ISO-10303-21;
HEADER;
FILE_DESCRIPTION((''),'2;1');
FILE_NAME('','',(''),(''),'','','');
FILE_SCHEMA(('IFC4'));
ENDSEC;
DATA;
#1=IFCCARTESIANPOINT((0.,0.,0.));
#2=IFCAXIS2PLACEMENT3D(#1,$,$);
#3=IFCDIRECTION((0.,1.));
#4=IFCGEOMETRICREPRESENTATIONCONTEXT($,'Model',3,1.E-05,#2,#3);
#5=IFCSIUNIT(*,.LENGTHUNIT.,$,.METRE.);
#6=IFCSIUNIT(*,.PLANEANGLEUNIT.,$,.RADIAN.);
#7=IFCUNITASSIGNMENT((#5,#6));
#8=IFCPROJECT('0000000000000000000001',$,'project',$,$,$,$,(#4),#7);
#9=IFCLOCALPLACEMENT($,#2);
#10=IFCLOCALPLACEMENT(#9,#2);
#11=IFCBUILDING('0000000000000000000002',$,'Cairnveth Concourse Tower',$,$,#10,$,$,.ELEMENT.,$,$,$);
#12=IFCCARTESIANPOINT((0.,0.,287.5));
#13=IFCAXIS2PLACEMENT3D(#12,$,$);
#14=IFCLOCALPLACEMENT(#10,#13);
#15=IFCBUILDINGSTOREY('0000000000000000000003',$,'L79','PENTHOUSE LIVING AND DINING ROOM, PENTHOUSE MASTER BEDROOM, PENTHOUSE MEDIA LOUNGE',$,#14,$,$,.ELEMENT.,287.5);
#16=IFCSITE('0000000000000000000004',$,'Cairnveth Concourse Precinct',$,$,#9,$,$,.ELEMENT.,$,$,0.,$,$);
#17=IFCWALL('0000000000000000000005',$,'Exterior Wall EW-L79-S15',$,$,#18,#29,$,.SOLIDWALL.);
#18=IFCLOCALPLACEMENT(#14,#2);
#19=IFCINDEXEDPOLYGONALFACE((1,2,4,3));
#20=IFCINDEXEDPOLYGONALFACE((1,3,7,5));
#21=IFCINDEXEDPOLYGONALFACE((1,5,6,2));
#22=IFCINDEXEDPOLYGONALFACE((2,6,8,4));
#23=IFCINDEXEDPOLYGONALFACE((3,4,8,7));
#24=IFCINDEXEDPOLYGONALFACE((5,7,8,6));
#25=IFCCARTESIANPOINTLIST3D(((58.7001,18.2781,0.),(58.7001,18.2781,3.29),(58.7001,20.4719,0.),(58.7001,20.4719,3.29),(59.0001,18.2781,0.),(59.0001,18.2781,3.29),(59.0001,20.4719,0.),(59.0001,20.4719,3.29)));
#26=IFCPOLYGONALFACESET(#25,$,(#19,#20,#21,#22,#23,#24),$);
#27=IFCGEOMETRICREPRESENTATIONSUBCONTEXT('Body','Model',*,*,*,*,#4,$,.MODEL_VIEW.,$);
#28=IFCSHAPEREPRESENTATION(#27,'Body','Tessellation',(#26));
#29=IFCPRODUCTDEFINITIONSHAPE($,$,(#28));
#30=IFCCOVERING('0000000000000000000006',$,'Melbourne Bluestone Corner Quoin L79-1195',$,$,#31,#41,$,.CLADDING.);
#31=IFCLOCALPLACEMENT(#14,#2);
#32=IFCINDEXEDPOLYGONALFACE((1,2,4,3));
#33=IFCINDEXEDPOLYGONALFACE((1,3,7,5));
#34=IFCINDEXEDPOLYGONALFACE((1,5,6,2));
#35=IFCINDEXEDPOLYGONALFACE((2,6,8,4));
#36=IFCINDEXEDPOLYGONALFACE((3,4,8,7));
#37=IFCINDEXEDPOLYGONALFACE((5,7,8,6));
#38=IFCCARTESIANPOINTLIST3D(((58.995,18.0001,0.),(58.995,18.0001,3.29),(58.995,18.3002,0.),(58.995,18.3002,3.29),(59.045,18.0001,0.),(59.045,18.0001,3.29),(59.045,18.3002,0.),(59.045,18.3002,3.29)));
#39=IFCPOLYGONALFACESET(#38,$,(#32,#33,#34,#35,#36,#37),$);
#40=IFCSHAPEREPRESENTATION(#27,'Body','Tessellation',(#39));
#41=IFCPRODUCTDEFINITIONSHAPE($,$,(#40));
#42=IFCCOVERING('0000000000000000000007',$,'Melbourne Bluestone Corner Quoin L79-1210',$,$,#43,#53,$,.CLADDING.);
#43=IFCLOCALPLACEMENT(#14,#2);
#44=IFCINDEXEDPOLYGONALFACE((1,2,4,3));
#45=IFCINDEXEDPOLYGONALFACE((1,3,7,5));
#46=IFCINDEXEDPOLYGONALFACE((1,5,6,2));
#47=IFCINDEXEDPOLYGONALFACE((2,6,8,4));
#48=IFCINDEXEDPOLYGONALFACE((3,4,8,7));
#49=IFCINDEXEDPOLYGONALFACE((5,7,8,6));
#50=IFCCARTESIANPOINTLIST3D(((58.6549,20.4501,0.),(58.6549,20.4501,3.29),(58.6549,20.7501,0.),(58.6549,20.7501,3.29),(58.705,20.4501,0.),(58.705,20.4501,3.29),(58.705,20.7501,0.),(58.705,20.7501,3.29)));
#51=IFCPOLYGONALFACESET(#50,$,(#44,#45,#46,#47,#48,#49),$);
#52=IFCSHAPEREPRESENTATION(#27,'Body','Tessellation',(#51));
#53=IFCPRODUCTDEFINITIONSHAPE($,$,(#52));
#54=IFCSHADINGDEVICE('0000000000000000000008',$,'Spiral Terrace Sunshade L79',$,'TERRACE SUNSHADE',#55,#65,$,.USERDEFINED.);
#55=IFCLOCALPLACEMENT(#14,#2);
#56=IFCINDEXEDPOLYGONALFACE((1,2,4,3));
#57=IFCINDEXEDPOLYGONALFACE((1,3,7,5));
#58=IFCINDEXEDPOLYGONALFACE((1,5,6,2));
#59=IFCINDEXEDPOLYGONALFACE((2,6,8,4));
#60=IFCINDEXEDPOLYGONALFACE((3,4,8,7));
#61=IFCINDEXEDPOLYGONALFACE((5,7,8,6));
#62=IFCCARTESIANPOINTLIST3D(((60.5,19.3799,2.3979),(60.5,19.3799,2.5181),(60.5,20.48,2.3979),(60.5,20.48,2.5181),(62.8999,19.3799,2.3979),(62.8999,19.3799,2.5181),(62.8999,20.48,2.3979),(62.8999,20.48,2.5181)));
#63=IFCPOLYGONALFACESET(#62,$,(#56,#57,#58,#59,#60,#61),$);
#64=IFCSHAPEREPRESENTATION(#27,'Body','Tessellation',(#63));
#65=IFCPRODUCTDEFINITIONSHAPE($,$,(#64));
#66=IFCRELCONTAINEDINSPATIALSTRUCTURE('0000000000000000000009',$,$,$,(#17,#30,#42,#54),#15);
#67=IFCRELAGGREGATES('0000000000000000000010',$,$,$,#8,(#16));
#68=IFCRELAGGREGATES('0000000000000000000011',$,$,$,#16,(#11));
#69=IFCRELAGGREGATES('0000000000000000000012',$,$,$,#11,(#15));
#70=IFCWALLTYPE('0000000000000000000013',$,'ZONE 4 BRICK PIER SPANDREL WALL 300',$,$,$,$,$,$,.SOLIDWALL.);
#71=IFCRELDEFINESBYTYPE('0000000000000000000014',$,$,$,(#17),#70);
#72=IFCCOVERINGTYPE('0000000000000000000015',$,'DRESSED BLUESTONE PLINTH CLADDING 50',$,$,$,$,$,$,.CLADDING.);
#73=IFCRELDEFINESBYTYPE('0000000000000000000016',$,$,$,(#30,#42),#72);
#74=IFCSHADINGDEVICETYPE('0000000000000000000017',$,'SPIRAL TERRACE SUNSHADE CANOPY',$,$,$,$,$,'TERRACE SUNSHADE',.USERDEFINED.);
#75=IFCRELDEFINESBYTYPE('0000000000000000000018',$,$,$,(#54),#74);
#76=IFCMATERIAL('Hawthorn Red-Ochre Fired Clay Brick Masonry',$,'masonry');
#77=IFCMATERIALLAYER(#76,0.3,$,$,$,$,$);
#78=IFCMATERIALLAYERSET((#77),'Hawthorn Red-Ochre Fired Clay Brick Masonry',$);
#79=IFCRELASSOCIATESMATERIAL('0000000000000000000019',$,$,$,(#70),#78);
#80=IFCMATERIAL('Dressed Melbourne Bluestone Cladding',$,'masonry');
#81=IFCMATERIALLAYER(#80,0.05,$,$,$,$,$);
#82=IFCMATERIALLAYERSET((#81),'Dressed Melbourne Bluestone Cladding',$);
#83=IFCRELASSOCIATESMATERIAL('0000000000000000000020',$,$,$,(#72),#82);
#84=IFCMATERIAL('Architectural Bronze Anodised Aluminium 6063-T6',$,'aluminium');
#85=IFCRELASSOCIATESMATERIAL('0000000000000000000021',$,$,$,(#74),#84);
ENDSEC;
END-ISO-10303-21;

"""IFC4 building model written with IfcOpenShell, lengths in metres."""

from ifc_helpers import new_model, si_unit, direction, frame, frame_2d, origin, origin_2d, place, context, subcontext, project, spatial, rectangle, extrude, material, layer, layer_set, type_object, element, save


model = new_model("IFC4")

# Units and contexts
model_context = context("Model", 3, precision=1e-05, world=origin(), true_north=direction((0.0, 1.0)))
body_context = subcontext(model_context, "Body", "Model", "MODEL_VIEW")
ifc_project = project(units=[si_unit("LENGTHUNIT", "METRE"), si_unit("PLANEANGLEUNIT", "RADIAN")], contexts=[model_context])

# Site, building, storey
site_placement = place(None, origin())
site = spatial("IfcSite", under=ifc_project, at=site_placement, Name="Cairnveth Concourse Precinct", CompositionType="ELEMENT", RefElevation=0.0)
building_placement = place(site_placement, origin())
building = spatial("IfcBuilding", under=site, at=building_placement, Name="Cairnveth Concourse Tower", CompositionType="ELEMENT")
storey_placement = place(building_placement, frame((0.0, 0.0, 287.5)))
storey = spatial("IfcBuildingStorey", under=building, at=storey_placement, Name="L79", Description="PENTHOUSE LIVING AND DINING ROOM, PENTHOUSE MASTER BEDROOM, PENTHOUSE MEDIA LOUNGE", CompositionType="ELEMENT", Elevation=287.5)

# Shared definitions
ifc_material_1 = material(Name="Dressed Melbourne Bluestone Cladding", Category="masonry")

# Shared definitions
ifc_material_2 = material(Name="Hawthorn Red-Ochre Fired Clay Brick Masonry", Category="masonry")
ifc_layer_1 = layer(ifc_material_2, 0.3)
ifc_layer_set_1 = layer_set([ifc_layer_1], Name="Hawthorn Red-Ochre Fired Clay Brick Masonry")
wall_type_1 = type_object("IfcWallType", Name="ZONE 4 BRICK PIER SPANDREL WALL 300", PredefinedType="SOLIDWALL", material=ifc_layer_set_1)

# Wall
wall_1_placement = place(storey_placement, frame((58.8501, 20.4719, 0.0), z_axis=(0.0, 0.0, 1.0), x_axis=(0.0, -1.0, 0.0)))
element("IfcWall", 1, at=wall_1_placement, inside=storey, type_object=wall_type_1, Name="Exterior Wall EW-L79-S15", PredefinedType="SOLIDWALL", context=body_context, shape_type="SweptSolid", body=[
    extrude(rectangle(XDim=2.1938, YDim=0.3, at=frame_2d((1.0969, 0.0))), origin(), (0.0, 0.0, 1.0), 3.29),
])

# Coverings
ifc_layer_2 = layer(ifc_material_1, 0.05)
ifc_layer_set_2 = layer_set([ifc_layer_2], Name="Dressed Melbourne Bluestone Cladding")
covering_type = type_object("IfcCoveringType", Name="DRESSED BLUESTONE PLINTH CLADDING 50", PredefinedType="CLADDING", material=ifc_layer_set_2)
for number, where, z_axis, x_axis, name in (
    (2, (59.02, 18.3, 0.0), (0.0, 0.0, 1.0), (0.0, -1.0, 0.0), "Melbourne Bluestone Corner Quoin L79-1195"),
    (3, (58.6799, 20.75, 0.0), (0.0, 0.0, 1.0), (0.0, -1.0, 0.0), "Melbourne Bluestone Corner Quoin L79-1210"),
):
    element("IfcCovering", number, at=place(storey_placement, frame(where, z_axis=z_axis, x_axis=x_axis)), inside=storey, type_object=covering_type, Name=name, PredefinedType="CLADDING", context=body_context, shape_type="SweptSolid", body=[
        extrude(rectangle(XDim=0.3, YDim=0.05, at=frame_2d((0.1499, 0.0))), origin(), (0.0, 0.0, 1.0), 3.29),
    ])

# Shading device
ifc_material_3 = material(Name="Architectural Bronze Anodised Aluminium 6063-T6", Category="aluminium")
shading_device_type = type_object("IfcShadingDeviceType", Name="SPIRAL TERRACE SUNSHADE CANOPY", ElementType="TERRACE SUNSHADE", PredefinedType="USERDEFINED", material=ifc_material_3)
shading_device_placement = place(storey_placement, frame((61.7, 19.9299, 2.3979), z_axis=(0.0, 0.0, 1.0), x_axis=(1.0, 0.0, 0.0)))
element("IfcShadingDevice", 4, at=shading_device_placement, inside=storey, type_object=shading_device_type, Name="Spiral Terrace Sunshade L79", ObjectType="TERRACE SUNSHADE", PredefinedType="USERDEFINED", context=body_context, shape_type="SweptSolid", body=[
    extrude(rectangle(XDim=2.3999, YDim=1.1001, at=origin_2d()), origin(), (0.0, 0.0, 1.0), 0.1201),
])

save(model, "model.ifc")
